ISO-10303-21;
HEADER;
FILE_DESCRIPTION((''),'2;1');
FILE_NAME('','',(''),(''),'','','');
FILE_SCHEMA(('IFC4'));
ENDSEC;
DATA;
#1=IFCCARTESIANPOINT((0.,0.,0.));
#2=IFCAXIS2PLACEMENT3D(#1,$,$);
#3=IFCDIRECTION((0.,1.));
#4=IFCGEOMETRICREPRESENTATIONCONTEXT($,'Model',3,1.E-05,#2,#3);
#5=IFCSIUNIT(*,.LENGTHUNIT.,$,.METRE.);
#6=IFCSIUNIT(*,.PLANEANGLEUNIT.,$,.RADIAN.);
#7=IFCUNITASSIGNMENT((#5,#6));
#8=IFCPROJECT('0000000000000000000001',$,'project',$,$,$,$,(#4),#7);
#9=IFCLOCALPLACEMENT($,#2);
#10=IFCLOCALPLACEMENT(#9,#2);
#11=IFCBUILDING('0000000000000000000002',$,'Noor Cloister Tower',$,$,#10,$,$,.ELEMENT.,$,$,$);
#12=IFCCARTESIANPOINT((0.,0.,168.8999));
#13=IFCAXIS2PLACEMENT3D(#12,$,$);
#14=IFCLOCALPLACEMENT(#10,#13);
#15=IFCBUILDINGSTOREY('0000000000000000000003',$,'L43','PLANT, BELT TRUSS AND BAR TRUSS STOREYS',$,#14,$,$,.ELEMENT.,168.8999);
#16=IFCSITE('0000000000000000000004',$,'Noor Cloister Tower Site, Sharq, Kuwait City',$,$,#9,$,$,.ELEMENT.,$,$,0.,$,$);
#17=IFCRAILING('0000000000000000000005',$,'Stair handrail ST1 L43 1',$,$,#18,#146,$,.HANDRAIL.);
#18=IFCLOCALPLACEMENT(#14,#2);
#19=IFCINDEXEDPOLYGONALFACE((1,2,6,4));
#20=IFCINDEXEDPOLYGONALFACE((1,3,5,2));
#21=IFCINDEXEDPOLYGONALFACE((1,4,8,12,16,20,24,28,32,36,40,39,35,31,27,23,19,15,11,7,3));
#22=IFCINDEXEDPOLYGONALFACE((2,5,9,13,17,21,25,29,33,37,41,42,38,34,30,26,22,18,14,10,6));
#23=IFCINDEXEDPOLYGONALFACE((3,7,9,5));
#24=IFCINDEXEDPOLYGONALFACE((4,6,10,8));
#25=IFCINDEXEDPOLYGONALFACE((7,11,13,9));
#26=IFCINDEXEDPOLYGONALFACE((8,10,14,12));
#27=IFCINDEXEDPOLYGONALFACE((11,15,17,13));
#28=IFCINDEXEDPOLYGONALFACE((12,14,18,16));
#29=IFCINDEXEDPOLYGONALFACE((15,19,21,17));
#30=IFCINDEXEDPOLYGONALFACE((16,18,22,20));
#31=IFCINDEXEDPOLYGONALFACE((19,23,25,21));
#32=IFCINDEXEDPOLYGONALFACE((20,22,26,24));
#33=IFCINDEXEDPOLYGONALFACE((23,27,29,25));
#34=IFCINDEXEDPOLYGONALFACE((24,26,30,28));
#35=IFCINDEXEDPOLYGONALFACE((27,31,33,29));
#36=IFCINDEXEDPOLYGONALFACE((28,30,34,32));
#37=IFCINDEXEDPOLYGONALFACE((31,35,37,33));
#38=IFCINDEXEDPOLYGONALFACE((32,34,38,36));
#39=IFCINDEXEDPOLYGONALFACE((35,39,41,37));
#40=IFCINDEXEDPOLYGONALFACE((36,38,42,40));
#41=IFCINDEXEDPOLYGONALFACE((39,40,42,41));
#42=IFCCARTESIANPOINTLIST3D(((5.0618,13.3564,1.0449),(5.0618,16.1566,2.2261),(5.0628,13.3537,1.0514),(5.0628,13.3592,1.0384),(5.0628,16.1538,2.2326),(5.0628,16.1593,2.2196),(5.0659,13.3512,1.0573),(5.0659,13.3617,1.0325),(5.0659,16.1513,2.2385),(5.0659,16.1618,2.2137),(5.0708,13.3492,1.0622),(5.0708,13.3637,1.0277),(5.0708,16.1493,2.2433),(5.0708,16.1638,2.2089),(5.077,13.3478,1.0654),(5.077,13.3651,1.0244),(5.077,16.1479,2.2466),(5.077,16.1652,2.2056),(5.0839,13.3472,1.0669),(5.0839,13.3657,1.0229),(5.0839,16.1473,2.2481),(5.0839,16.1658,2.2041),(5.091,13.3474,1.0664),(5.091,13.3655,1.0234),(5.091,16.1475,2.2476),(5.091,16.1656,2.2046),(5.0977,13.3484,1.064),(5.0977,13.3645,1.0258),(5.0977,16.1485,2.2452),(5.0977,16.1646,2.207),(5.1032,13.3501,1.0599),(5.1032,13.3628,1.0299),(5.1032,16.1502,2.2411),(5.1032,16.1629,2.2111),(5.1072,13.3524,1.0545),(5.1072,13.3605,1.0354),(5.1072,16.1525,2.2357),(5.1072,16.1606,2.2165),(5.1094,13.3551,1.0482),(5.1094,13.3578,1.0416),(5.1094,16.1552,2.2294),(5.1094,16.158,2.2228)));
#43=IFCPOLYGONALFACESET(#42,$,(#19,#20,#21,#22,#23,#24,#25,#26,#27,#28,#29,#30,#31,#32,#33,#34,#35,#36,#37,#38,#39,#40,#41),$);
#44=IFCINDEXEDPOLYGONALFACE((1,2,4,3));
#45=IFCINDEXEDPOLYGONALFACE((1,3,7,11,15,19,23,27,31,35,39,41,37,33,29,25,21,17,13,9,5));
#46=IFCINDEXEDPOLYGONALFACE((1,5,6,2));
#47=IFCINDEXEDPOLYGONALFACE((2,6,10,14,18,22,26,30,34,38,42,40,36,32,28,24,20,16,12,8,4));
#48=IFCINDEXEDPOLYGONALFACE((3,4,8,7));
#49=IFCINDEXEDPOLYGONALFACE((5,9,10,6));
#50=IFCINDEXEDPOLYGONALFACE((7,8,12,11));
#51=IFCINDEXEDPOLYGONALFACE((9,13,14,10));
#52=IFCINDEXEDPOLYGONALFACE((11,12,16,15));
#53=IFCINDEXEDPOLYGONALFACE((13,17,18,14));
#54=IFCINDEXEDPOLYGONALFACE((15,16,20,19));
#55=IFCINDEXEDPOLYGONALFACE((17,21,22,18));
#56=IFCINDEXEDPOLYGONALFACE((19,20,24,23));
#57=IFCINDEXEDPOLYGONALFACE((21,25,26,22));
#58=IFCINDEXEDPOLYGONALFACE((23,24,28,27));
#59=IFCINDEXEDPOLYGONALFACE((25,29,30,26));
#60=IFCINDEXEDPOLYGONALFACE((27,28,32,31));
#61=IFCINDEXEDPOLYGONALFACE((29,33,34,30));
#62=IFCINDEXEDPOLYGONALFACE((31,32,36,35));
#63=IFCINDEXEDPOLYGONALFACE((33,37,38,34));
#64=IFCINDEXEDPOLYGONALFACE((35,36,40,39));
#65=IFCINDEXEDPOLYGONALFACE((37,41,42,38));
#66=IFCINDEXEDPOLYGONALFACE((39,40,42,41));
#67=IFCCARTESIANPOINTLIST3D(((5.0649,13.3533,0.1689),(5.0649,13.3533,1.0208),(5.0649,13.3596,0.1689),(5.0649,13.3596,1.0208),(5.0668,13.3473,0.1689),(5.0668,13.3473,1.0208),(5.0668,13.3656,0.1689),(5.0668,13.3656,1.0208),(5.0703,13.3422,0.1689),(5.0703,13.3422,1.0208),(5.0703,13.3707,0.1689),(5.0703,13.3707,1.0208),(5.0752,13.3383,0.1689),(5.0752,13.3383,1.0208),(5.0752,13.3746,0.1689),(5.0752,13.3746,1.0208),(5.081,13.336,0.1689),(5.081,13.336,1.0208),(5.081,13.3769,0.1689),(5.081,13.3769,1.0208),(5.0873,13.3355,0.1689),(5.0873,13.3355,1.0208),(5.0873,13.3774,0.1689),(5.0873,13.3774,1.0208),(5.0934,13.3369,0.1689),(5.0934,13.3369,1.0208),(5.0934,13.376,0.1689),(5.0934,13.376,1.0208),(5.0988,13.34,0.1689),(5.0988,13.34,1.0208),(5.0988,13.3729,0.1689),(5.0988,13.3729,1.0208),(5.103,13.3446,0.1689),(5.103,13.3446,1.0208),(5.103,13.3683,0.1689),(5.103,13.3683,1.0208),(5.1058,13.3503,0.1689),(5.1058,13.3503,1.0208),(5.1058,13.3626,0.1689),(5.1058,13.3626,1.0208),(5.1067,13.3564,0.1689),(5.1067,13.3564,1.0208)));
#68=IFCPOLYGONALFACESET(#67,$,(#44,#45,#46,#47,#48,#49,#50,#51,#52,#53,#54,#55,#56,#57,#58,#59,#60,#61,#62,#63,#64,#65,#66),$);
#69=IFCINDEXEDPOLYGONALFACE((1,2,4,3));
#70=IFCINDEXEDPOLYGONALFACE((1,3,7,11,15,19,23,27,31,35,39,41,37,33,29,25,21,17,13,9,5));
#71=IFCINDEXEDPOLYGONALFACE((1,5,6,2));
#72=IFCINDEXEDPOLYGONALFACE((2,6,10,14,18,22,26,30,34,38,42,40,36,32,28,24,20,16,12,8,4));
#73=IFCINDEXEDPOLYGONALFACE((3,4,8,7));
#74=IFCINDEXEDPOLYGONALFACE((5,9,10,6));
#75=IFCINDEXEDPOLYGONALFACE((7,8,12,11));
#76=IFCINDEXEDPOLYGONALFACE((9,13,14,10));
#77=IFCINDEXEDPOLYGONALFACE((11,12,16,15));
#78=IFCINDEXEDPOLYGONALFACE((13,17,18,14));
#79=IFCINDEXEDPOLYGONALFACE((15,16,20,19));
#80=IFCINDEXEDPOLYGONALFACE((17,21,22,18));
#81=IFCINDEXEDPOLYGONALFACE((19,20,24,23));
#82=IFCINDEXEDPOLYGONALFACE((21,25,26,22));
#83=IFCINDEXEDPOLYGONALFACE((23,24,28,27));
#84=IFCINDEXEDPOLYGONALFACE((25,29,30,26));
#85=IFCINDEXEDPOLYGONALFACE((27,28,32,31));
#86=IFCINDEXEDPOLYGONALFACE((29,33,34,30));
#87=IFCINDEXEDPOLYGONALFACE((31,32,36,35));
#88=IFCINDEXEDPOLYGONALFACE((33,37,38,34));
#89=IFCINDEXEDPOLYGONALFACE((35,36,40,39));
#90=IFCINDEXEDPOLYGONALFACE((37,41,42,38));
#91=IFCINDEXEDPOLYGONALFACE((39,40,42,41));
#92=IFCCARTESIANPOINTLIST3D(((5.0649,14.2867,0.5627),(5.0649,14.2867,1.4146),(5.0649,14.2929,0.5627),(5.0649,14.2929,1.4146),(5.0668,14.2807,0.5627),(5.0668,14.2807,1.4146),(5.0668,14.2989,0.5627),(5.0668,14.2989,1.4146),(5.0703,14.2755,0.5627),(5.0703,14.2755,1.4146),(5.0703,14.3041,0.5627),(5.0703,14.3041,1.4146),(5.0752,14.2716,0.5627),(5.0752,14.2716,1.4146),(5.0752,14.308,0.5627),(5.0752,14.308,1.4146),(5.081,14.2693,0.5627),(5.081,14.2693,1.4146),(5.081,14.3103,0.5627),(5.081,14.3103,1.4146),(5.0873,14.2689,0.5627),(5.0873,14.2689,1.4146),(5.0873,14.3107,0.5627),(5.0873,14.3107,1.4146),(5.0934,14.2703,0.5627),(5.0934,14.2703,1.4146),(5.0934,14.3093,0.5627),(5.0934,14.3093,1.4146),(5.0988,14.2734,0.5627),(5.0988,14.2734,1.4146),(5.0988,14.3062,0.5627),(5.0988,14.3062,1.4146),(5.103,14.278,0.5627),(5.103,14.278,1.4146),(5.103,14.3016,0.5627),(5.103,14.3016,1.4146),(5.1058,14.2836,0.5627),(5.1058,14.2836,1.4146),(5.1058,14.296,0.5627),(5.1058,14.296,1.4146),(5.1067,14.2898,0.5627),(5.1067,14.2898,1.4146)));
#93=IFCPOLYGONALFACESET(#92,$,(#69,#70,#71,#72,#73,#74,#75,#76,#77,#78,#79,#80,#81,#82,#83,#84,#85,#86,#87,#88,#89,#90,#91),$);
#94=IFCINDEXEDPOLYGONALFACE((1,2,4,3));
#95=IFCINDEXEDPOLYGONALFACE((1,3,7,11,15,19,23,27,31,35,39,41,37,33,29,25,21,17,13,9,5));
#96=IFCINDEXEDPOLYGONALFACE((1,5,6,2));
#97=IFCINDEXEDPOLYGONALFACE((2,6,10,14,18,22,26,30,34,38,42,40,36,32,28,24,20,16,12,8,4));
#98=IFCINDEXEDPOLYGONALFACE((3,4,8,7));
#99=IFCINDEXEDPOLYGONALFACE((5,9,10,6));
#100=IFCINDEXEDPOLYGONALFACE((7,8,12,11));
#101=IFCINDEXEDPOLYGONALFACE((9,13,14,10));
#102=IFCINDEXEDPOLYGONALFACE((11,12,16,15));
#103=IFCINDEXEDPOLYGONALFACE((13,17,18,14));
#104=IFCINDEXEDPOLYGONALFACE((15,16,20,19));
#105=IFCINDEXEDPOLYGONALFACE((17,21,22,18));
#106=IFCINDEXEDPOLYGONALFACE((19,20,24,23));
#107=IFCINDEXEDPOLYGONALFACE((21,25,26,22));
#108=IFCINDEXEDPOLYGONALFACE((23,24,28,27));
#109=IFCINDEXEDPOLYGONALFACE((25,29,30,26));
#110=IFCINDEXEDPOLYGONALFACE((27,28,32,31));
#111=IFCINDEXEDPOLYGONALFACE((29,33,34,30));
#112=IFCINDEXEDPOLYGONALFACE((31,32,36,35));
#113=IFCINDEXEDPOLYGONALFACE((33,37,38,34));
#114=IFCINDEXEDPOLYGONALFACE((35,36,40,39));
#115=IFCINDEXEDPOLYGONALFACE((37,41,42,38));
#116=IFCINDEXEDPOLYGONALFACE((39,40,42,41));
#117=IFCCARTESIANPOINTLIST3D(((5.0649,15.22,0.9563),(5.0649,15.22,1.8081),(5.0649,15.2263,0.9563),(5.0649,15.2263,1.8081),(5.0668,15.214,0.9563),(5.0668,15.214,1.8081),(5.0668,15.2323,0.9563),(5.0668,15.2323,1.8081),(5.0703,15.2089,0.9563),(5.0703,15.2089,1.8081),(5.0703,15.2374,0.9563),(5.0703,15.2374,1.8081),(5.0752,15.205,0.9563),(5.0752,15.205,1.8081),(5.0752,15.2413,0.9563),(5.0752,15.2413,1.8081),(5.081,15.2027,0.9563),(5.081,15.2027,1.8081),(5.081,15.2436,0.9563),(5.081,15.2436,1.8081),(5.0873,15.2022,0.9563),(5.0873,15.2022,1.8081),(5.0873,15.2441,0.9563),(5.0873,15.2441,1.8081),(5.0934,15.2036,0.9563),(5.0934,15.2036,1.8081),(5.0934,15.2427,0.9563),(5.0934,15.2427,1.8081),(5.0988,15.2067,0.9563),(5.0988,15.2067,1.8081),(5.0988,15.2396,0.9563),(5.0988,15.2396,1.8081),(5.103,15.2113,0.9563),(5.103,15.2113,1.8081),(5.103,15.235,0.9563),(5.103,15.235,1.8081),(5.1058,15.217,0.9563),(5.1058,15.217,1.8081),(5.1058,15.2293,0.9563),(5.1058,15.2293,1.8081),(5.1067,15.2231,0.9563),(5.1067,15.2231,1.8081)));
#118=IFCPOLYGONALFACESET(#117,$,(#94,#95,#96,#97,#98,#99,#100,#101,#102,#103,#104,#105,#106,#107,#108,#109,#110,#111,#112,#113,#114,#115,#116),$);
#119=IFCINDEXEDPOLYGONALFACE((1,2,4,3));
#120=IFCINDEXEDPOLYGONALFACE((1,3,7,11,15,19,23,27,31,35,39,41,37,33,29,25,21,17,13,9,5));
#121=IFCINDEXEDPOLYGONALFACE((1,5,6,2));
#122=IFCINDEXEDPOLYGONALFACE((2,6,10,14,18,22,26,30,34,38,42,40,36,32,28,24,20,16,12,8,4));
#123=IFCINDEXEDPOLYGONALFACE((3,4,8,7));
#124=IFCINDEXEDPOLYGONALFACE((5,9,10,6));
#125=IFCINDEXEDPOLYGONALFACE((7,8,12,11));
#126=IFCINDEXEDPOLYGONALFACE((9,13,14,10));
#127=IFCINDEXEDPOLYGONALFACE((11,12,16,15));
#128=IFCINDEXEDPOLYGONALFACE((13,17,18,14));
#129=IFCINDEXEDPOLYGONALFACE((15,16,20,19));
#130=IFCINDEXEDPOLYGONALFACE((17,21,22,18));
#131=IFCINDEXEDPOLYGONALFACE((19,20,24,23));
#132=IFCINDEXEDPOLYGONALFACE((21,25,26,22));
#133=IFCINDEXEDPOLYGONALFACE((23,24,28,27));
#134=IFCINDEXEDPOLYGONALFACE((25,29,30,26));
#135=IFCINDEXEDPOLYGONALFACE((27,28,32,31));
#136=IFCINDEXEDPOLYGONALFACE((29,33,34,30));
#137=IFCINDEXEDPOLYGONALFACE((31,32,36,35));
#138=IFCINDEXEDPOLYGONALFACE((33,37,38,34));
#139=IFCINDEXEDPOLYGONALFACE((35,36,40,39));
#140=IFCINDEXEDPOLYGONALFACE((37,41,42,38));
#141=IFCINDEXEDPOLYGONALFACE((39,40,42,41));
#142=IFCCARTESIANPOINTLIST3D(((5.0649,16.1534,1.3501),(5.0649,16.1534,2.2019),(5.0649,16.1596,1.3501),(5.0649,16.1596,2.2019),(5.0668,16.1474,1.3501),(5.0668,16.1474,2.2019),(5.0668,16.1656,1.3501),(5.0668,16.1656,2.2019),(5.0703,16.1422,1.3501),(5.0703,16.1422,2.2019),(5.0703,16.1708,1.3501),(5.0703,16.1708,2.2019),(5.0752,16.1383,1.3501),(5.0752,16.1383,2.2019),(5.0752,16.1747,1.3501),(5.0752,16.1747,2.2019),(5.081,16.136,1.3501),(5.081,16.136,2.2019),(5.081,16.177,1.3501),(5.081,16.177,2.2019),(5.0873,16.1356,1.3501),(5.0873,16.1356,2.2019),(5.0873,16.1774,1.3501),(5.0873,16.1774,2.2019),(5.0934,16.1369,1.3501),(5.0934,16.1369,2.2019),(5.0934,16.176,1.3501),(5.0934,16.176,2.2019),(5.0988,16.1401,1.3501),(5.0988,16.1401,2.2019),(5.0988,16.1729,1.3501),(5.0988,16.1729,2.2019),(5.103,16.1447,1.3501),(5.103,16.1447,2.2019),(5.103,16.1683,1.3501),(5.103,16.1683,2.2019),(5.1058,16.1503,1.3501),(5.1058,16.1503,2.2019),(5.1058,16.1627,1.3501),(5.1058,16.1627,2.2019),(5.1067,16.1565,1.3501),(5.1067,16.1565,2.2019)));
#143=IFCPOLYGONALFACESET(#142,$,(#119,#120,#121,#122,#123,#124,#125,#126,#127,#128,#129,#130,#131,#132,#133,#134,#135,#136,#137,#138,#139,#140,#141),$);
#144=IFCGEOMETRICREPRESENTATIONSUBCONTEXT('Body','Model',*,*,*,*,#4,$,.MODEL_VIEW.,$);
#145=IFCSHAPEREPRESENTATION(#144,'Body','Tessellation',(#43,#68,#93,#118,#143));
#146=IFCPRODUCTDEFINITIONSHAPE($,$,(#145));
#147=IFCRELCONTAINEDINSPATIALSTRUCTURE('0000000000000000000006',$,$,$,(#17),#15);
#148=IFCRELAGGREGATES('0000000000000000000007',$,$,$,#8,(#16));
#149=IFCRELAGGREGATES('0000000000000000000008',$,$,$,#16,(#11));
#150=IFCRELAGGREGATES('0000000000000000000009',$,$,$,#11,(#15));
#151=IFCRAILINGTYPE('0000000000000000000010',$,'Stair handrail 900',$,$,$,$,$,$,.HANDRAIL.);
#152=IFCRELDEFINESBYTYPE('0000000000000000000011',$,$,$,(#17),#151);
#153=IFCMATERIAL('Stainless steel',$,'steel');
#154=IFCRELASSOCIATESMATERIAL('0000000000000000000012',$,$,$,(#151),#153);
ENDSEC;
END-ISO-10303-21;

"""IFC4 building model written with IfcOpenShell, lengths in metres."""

from ifc_helpers import new_model, si_unit, direction, frame, origin, origin_2d, place, context, subcontext, project, spatial, circle, extrude, material, type_object, element, save


model = new_model("IFC4")

# Units and contexts
model_context = context("Model", 3, precision=1e-05, world=origin(), true_north=direction((0.0, 1.0)))
body_context = subcontext(model_context, "Body", "Model", "MODEL_VIEW")
ifc_project = project(units=[si_unit("LENGTHUNIT", "METRE"), si_unit("PLANEANGLEUNIT", "RADIAN")], contexts=[model_context])

# Site, building, storey
site_placement = place(None, origin())
site = spatial("IfcSite", under=ifc_project, at=site_placement, Name="Noor Cloister Tower Site, Sharq, Kuwait City", CompositionType="ELEMENT", RefElevation=0.0)
building_placement = place(site_placement, origin())
building = spatial("IfcBuilding", under=site, at=building_placement, Name="Noor Cloister Tower", CompositionType="ELEMENT")
storey_placement = place(building_placement, frame((0.0, 0.0, 168.8999)))
storey = spatial("IfcBuildingStorey", under=building, at=storey_placement, Name="L43", Description="PLANT, BELT TRUSS AND BAR TRUSS STOREYS", CompositionType="ELEMENT", Elevation=168.8999)

# Railing
ifc_material_1 = material(Name="Stainless steel", Category="steel")
railing_type_1 = type_object("IfcRailingType", Name="Stair handrail 900", PredefinedType="HANDRAIL", material=ifc_material_1)
railing_1_placement = place(storey_placement, frame((5.0857, 13.3564, 0.1689)))
element("IfcRailing", 1, at=railing_1_placement, inside=storey, type_object=railing_type_1, Name="Stair handrail ST1 L43 1", PredefinedType="HANDRAIL", context=body_context, shape_type="SweptSolid", body=[
    extrude(circle(Radius=0.0239, at=origin_2d()), frame((0.0, 0.0, 0.876), z_axis=(0.0, 0.921378, 0.388667), x_axis=(-1.0, 0.0, 0.0)), (0.0, 0.0, 1.0), 3.0391),
    extrude(circle(Radius=0.021, at=origin_2d()), origin(), (0.0, 0.0, 1.0), 0.8518),
    extrude(circle(Radius=0.021, at=origin_2d()), frame((0.0, 0.9333, 0.3938)), (0.0, 0.0, 1.0), 0.8518),
    extrude(circle(Radius=0.021, at=origin_2d()), frame((0.0, 1.8667, 0.7874)), (0.0, 0.0, 1.0), 0.8518),
    extrude(circle(Radius=0.021, at=origin_2d()), frame((0.0, 2.8, 1.1812)), (0.0, 0.0, 1.0), 0.8518),
])

save(model, "model.ifc")
